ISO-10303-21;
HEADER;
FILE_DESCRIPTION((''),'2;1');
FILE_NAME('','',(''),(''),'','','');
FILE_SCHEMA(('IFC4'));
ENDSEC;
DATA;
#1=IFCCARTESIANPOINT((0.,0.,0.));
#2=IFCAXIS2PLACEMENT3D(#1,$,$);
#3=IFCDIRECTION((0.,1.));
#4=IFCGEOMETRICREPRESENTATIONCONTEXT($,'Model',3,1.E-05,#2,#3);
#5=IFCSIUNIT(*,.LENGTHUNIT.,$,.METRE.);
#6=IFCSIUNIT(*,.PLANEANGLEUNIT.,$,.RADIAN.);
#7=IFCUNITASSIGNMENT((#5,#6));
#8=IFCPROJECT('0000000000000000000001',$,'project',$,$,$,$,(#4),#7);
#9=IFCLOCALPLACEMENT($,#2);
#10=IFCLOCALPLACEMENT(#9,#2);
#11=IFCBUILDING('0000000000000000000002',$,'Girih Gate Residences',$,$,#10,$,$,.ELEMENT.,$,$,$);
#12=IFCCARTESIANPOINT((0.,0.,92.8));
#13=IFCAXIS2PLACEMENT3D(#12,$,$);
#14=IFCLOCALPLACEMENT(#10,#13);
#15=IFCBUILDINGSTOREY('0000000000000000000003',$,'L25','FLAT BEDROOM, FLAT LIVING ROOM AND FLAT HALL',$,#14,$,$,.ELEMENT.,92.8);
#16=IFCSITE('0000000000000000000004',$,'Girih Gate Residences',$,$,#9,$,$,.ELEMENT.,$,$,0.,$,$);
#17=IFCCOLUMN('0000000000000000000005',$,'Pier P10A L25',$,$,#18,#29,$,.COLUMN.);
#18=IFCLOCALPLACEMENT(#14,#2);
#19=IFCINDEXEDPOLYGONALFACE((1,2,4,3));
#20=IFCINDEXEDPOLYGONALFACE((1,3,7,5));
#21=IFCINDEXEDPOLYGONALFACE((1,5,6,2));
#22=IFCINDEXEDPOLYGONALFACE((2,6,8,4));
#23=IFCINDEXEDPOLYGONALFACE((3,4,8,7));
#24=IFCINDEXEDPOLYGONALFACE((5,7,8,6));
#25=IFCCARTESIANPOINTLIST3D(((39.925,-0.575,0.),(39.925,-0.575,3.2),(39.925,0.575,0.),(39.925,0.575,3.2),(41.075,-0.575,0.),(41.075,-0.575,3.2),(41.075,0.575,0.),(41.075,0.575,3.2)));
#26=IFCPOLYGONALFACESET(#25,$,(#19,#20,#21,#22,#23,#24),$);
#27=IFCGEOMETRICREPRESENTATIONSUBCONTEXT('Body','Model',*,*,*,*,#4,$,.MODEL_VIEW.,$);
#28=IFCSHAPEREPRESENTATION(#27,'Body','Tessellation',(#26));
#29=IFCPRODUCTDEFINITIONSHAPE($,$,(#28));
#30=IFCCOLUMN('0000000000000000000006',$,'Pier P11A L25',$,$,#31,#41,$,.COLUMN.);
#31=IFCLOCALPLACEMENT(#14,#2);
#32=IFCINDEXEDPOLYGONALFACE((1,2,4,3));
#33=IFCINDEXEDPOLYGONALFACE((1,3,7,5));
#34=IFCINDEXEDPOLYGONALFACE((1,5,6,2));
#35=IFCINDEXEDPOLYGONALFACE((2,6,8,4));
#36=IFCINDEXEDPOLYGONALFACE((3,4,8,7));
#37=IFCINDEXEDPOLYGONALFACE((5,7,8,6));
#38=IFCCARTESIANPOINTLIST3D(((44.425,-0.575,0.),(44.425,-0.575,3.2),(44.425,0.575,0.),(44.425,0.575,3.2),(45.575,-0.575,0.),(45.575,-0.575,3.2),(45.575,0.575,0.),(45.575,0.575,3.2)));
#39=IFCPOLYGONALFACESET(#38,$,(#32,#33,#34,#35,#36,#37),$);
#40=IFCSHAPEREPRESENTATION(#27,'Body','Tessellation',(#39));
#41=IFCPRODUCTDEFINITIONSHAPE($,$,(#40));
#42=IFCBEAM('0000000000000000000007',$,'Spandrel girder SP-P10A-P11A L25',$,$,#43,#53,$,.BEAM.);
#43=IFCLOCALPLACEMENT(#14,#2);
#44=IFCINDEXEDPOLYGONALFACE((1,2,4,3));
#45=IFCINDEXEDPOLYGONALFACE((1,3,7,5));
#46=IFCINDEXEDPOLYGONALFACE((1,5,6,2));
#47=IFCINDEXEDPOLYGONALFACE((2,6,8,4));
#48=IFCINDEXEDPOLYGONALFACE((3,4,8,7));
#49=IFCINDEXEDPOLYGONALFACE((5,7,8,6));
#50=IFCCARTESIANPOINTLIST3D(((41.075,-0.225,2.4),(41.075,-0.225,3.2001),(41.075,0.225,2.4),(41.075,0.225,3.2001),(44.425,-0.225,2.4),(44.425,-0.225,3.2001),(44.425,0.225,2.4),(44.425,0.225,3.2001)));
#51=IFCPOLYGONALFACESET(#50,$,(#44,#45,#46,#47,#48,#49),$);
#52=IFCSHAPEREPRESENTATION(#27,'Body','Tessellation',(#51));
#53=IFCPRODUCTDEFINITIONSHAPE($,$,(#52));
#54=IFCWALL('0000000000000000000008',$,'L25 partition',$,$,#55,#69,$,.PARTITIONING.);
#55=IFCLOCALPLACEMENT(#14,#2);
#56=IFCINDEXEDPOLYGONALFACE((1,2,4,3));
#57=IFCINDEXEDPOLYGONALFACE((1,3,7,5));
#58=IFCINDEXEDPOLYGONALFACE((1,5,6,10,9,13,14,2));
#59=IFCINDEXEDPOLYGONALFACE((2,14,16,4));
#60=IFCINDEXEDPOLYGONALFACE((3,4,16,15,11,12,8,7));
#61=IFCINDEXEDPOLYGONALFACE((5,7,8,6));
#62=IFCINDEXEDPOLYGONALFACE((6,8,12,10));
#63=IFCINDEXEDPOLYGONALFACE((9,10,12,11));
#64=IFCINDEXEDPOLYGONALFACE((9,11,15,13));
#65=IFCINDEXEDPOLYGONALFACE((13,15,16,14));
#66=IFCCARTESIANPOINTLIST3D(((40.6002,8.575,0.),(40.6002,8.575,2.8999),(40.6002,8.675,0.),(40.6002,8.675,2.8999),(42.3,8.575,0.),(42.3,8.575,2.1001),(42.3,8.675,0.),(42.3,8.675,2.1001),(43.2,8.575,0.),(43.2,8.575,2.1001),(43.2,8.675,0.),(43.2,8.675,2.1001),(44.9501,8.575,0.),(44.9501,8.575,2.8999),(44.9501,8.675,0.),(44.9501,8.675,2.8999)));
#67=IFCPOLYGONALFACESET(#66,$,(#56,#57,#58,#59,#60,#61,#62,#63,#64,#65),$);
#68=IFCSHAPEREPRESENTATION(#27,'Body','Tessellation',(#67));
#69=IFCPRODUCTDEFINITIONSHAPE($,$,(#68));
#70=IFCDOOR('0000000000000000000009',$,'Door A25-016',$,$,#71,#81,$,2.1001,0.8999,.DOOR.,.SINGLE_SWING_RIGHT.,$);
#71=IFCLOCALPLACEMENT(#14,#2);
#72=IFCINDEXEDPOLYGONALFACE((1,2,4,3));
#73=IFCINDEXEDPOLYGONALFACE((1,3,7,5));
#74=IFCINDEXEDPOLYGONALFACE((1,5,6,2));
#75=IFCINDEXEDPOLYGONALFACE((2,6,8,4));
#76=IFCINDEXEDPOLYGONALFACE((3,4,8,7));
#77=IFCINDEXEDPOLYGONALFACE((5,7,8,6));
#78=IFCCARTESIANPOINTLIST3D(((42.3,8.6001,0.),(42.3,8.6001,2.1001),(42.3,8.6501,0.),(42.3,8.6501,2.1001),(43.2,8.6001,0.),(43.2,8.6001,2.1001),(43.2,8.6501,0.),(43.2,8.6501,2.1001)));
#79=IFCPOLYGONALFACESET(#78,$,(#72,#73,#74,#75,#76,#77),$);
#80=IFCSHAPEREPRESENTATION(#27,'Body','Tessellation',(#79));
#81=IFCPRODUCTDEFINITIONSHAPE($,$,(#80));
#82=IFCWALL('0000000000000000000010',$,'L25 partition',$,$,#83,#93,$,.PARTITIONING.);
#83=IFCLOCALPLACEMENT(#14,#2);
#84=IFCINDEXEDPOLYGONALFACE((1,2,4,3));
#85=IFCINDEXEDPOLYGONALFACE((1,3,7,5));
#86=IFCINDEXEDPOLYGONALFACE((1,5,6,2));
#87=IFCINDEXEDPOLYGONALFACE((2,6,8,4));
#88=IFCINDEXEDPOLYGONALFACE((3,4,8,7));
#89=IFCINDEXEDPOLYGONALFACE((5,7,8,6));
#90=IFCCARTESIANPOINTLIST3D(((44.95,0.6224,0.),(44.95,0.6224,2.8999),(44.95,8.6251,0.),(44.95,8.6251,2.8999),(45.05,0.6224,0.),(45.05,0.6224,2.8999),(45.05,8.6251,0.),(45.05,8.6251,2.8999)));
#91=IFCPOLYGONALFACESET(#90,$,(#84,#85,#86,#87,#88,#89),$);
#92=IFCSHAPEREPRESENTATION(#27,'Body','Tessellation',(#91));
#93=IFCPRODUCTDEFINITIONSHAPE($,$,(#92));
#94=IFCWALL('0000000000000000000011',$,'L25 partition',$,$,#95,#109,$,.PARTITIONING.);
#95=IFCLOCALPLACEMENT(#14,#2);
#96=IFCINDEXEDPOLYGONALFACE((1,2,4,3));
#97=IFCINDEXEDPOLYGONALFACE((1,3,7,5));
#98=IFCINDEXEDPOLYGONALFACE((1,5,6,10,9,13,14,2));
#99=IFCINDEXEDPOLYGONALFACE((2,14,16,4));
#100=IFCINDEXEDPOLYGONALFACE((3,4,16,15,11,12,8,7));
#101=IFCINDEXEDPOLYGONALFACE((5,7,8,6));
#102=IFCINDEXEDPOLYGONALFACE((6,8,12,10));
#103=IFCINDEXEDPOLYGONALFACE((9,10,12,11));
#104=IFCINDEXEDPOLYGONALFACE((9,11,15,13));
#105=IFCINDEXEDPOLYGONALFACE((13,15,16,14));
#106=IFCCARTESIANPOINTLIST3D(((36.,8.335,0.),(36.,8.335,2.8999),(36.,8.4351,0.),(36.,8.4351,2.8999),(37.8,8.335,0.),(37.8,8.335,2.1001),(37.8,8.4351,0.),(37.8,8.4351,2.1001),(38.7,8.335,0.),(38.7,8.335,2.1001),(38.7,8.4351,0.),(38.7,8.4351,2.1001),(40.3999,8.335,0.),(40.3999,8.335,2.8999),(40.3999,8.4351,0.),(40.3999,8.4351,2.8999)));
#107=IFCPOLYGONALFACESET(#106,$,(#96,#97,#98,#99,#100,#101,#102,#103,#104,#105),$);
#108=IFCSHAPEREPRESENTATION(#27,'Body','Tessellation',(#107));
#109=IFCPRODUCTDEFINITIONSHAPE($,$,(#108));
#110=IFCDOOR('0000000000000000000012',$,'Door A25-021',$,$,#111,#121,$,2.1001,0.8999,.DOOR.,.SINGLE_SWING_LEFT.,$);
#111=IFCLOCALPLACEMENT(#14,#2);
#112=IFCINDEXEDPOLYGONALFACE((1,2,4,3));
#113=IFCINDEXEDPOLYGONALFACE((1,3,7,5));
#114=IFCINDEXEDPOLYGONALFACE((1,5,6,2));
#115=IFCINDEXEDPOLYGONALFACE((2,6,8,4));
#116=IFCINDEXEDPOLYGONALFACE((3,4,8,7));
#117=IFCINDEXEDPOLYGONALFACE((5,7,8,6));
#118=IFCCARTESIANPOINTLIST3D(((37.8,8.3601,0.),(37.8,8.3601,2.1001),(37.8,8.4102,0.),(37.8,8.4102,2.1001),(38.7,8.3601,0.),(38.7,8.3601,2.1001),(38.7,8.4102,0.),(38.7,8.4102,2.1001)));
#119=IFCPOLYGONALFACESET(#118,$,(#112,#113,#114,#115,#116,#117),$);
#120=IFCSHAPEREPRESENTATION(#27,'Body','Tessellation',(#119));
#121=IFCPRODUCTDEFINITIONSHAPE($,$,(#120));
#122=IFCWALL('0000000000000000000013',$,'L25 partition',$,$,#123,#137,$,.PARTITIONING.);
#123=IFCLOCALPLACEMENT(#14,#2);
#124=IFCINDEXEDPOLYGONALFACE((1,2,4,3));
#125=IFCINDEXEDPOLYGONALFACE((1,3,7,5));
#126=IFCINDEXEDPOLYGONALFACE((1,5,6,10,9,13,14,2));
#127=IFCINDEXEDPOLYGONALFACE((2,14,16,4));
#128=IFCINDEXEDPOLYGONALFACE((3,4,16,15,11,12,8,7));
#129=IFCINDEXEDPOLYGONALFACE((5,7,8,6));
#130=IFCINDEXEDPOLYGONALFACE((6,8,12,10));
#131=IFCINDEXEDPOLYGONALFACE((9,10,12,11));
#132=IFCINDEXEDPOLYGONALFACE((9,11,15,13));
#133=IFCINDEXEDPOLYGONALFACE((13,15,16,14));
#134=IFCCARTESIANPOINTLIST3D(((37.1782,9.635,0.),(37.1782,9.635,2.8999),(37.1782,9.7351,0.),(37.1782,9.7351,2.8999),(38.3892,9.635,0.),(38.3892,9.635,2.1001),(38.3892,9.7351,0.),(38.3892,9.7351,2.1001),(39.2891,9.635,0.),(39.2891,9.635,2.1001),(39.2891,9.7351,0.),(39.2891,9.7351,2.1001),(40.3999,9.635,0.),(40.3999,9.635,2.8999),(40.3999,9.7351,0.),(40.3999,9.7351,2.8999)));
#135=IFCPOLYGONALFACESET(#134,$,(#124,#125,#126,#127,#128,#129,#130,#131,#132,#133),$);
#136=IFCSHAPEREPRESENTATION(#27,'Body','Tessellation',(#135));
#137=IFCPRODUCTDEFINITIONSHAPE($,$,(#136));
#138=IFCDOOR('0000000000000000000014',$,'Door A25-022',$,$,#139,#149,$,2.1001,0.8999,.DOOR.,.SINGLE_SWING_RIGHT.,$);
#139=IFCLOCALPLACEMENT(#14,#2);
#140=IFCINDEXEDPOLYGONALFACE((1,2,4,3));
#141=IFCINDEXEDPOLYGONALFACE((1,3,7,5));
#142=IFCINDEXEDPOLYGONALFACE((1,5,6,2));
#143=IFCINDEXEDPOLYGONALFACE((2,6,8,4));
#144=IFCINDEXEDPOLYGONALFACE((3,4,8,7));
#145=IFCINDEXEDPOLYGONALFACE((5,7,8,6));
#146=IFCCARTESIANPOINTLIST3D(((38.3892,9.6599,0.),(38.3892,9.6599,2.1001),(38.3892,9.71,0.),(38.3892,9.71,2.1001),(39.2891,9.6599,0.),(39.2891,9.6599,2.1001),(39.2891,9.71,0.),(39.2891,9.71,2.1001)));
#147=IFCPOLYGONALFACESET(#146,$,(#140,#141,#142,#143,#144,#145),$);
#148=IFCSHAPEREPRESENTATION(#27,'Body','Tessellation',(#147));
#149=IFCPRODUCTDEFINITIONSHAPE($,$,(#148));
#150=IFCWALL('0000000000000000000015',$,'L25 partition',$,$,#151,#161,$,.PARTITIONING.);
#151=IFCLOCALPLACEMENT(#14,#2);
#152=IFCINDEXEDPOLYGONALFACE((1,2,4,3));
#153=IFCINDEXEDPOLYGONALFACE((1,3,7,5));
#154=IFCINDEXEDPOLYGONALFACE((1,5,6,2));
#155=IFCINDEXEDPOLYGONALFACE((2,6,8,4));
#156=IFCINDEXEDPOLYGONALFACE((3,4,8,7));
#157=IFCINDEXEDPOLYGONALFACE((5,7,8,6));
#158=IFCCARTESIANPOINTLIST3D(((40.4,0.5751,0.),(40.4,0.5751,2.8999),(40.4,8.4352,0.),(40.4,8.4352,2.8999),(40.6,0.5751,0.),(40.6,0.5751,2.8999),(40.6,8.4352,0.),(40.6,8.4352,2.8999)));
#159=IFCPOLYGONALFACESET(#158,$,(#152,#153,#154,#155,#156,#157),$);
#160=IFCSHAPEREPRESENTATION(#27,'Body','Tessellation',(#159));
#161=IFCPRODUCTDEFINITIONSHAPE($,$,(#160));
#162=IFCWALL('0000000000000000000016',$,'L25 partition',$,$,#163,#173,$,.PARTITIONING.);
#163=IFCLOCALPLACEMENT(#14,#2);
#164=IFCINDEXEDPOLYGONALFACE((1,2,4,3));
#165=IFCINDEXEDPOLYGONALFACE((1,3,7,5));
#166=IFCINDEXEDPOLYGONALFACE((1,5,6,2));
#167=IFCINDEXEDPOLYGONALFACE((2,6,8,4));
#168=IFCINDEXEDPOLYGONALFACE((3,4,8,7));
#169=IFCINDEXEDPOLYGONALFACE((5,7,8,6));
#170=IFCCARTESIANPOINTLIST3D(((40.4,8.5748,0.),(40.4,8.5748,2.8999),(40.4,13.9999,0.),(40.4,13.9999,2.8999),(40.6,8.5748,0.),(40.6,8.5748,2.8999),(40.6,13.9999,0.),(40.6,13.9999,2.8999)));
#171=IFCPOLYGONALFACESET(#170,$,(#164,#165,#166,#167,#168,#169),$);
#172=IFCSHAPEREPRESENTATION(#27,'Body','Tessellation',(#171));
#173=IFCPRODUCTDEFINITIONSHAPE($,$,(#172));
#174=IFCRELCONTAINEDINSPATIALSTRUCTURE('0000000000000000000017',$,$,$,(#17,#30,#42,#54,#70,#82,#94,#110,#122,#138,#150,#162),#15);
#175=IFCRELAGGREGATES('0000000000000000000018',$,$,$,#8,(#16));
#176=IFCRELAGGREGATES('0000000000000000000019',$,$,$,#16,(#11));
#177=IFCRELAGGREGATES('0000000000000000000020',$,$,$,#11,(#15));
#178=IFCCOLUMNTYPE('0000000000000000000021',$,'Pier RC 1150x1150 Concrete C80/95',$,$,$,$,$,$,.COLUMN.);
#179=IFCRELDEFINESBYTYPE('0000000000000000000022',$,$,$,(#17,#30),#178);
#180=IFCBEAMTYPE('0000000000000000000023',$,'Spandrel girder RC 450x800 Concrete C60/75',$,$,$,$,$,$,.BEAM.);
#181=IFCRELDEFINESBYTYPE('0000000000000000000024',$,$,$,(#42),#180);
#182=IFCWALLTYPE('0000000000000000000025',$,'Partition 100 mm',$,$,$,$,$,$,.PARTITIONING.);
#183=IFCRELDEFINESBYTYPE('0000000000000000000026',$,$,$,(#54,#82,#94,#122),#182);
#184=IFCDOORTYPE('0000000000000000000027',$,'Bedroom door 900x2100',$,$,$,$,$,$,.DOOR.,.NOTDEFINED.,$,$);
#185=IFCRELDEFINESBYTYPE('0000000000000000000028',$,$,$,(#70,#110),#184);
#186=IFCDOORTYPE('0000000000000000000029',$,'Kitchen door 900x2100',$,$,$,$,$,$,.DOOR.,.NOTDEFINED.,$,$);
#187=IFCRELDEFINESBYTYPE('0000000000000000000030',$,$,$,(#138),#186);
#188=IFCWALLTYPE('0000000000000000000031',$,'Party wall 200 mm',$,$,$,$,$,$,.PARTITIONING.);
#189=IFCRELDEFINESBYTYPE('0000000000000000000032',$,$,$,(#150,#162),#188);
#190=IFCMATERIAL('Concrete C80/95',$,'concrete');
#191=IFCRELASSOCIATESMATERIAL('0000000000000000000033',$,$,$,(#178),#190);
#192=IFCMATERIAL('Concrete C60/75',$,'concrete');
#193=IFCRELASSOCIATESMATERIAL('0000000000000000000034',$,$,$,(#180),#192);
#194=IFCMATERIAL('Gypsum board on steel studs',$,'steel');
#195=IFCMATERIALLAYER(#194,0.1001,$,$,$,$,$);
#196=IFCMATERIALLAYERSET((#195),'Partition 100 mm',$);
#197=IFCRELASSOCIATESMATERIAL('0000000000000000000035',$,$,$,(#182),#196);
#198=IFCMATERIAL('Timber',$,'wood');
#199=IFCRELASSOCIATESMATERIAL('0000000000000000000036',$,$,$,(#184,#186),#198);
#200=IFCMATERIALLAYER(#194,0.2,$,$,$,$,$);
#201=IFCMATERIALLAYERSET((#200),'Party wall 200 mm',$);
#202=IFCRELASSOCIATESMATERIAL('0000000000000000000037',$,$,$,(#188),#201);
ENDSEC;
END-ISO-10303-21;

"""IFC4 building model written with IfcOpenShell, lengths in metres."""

from ifc_helpers import new_model, si_unit, direction, frame, frame_2d, origin, origin_2d, place, context, subcontext, project, spatial, rectangle, extrude, material, layer, layer_set, material_profile, profile_set, type_object, element, fill, save


model = new_model("IFC4")

# Units and contexts
model_context = context("Model", 3, precision=1e-05, world=origin(), true_north=direction((0.0, 1.0)))
body_context = subcontext(model_context, "Body", "Model", "MODEL_VIEW")
ifc_project = project(units=[si_unit("LENGTHUNIT", "METRE"), si_unit("PLANEANGLEUNIT", "RADIAN")], contexts=[model_context])

# Site, building, storey
site_placement = place(None, origin())
site = spatial("IfcSite", under=ifc_project, at=site_placement, Name="Girih Gate Residences", CompositionType="ELEMENT", RefElevation=0.0)
building_placement = place(site_placement, origin())
building = spatial("IfcBuilding", under=site, at=building_placement, Name="Girih Gate Residences", CompositionType="ELEMENT")
storey_placement = place(building_placement, frame((0.0, 0.0, 92.8)))
storey = spatial("IfcBuildingStorey", under=building, at=storey_placement, Name="L25", Description="FLAT BEDROOM, FLAT LIVING ROOM AND FLAT HALL", CompositionType="ELEMENT", Elevation=92.8)

# Columns
ifc_material_1 = material(Name="Concrete C80/95", Category="concrete")
ifc_material_profile_1 = material_profile(ifc_material_1, rectangle(XDim=1.1499, YDim=1.1499, at=origin_2d()))
ifc_profile_set_1 = profile_set([ifc_material_profile_1], Name="Concrete C80/95")
column_type = type_object("IfcColumnType", Name="Pier RC 1150x1150 Concrete C80/95", PredefinedType="COLUMN", material=ifc_profile_set_1)
for number, where, z_axis, x_axis, name in (
    (1, (40.5, 0.0, 0.0), (0.0, 0.0, 1.0), (1.0, 0.0, 0.0), "Pier P10A L25"),
    (2, (45.0, 0.0, 0.0), (0.0, 0.0, 1.0), (1.0, 0.0, 0.0), "Pier P11A L25"),
):
    element("IfcColumn", number, at=place(storey_placement, frame(where, z_axis=z_axis, x_axis=x_axis)), inside=storey, type_object=column_type, Name=name, PredefinedType="COLUMN", context=body_context, shape_type="SweptSolid", body=[
        extrude(rectangle(XDim=1.1499, YDim=1.1499, at=origin_2d()), origin(), (0.0, 0.0, 1.0), 3.2),
    ])

# Beam
ifc_material_2 = material(Name="Concrete C60/75", Category="concrete")
ifc_material_profile_2 = material_profile(ifc_material_2, rectangle(XDim=0.45, YDim=0.8, at=origin_2d()))
ifc_profile_set_2 = profile_set([ifc_material_profile_2], Name="Concrete C60/75")
beam_type = type_object("IfcBeamType", Name="Spandrel girder RC 450x800 Concrete C60/75", PredefinedType="BEAM", material=ifc_profile_set_2)
beam_placement = place(storey_placement, frame((41.075, 0.0, 2.8), z_axis=(1.0, 0.0, 0.0), x_axis=(0.0, 1.0, 0.0)))
element("IfcBeam", 3, at=beam_placement, inside=storey, type_object=beam_type, Name="Spandrel girder SP-P10A-P11A L25", PredefinedType="BEAM", context=body_context, shape_type="SweptSolid", body=[
    extrude(rectangle(XDim=0.45, YDim=0.8, at=origin_2d()), origin(), (0.0, 0.0, 1.0), 3.3501),
])

# Wall, opening, door
ifc_material_3 = material(Name="Gypsum board on steel studs", Category="steel")
ifc_layer_1 = layer(ifc_material_3, 0.1001)
ifc_layer_set_1 = layer_set([ifc_layer_1], Name="Partition 100 mm")
wall_type_1 = type_object("IfcWallType", Name="Partition 100 mm", PredefinedType="PARTITIONING", material=ifc_layer_set_1)
wall_1_placement = place(storey_placement, frame((44.95, 8.625, 0.0), z_axis=(0.0, 0.0, 1.0), x_axis=(-1.0, 0.0, 0.0)))
wall_1 = element("IfcWall", 4, at=wall_1_placement, inside=storey, type_object=wall_type_1, Name="L25 partition", PredefinedType="PARTITIONING", context=body_context, shape_type="SweptSolid", body=[
    extrude(rectangle(XDim=4.3499, YDim=0.1001, at=frame_2d((2.1748, 0.0))), origin(), (0.0, 0.0, 1.0), 2.8999),
])
opening_1_placement = place(wall_1_placement, frame((1.75, 0.0, 0.0)))
opening_1 = element("IfcOpeningElement", 5, at=opening_1_placement, cuts=wall_1, PredefinedType="OPENING", context=body_context, shape_type="SweptSolid", body=[
    extrude(rectangle(XDim=0.8999, YDim=2.1001, at=frame_2d((0.45, 1.05))), frame((0.0, 0.0601, 0.0), z_axis=(0.0, -1.0, 0.0), x_axis=(1.0, 0.0, 0.0)), (0.0, 0.0, 1.0), 0.1201),
])
ifc_material_4 = material(Name="Timber", Category="wood")
door_type_1 = type_object("IfcDoorType", Name="Bedroom door 900x2100", OperationType="NOTDEFINED", PredefinedType="DOOR", material=ifc_material_4)
door_1_placement = place(opening_1_placement, origin())
door_1 = element("IfcDoor", 6, at=door_1_placement, inside=storey, type_object=door_type_1, Name="Door A25-016", OperationType="SINGLE_SWING_RIGHT", OverallHeight=2.1001, OverallWidth=0.8999, PredefinedType="DOOR", context=body_context, shape_type="SweptSolid", body=[
    extrude(rectangle(XDim=0.8999, YDim=2.1001, at=frame_2d((0.45, 1.05))), frame((0.0, 0.0249, 0.0), z_axis=(0.0, -1.0, 0.0), x_axis=(1.0, 0.0, 0.0)), (0.0, 0.0, 1.0), 0.05),
])
fill(opening_1, door_1)

# Wall
wall_2_placement = place(storey_placement, frame((45.0, 0.6223, 0.0), z_axis=(0.0, 0.0, 1.0), x_axis=(0.0, 1.0, 0.0)))
element("IfcWall", 7, at=wall_2_placement, inside=storey, type_object=wall_type_1, Name="L25 partition", PredefinedType="PARTITIONING", context=body_context, shape_type="SweptSolid", body=[
    extrude(rectangle(XDim=8.0027, YDim=0.1001, at=frame_2d((4.0015, 0.0))), origin(), (0.0, 0.0, 1.0), 2.8999),
])

# Walls, openings, doors
wall_3_placement = place(storey_placement, frame((40.3999, 8.385, 0.0), z_axis=(0.0, 0.0, 1.0), x_axis=(-1.0, 0.0, 0.0)))
wall_3 = element("IfcWall", 8, at=wall_3_placement, inside=storey, type_object=wall_type_1, Name="L25 partition", PredefinedType="PARTITIONING", context=body_context, shape_type="SweptSolid", body=[
    extrude(rectangle(XDim=4.3999, YDim=0.1001, at=frame_2d((2.2, 0.0))), origin(), (0.0, 0.0, 1.0), 2.8999),
])
opening_2_placement = place(wall_3_placement, frame((1.7, 0.0, 0.0)))
opening_2 = element("IfcOpeningElement", 9, at=opening_2_placement, cuts=wall_3, PredefinedType="OPENING", context=body_context, shape_type="SweptSolid", body=[
    extrude(rectangle(XDim=0.8999, YDim=2.1001, at=frame_2d((0.45, 1.05))), frame((0.0, 0.0601, 0.0), z_axis=(0.0, -1.0, 0.0), x_axis=(1.0, 0.0, 0.0)), (0.0, 0.0, 1.0), 0.1201),
])
door_2_placement = place(opening_2_placement, origin())
door_2 = element("IfcDoor", 10, at=door_2_placement, inside=storey, type_object=door_type_1, Name="Door A25-021", OperationType="SINGLE_SWING_LEFT", OverallHeight=2.1001, OverallWidth=0.8999, PredefinedType="DOOR", context=body_context, shape_type="SweptSolid", body=[
    extrude(rectangle(XDim=0.8999, YDim=2.1001, at=frame_2d((0.45, 1.05))), frame((0.0, 0.0249, 0.0), z_axis=(0.0, -1.0, 0.0), x_axis=(1.0, 0.0, 0.0)), (0.0, 0.0, 1.0), 0.05),
])
fill(opening_2, door_2)
wall_4_placement = place(storey_placement, frame((37.1782, 9.6851, 0.0), z_axis=(0.0, 0.0, 1.0), x_axis=(1.0, 0.0, 0.0)))
wall_4 = element("IfcWall", 11, at=wall_4_placement, inside=storey, type_object=wall_type_1, Name="L25 partition", PredefinedType="PARTITIONING", context=body_context, shape_type="SweptSolid", body=[
    extrude(rectangle(XDim=3.2217, YDim=0.1001, at=frame_2d((1.6108, 0.0))), origin(), (0.0, 0.0, 1.0), 2.8999),
])
opening_3_placement = place(wall_4_placement, frame((1.2109, 0.0, 0.0)))
opening_3 = element("IfcOpeningElement", 12, at=opening_3_placement, cuts=wall_4, PredefinedType="OPENING", context=body_context, shape_type="SweptSolid", body=[
    extrude(rectangle(XDim=0.8999, YDim=2.1001, at=frame_2d((0.45, 1.05))), frame((0.0, 0.0601, 0.0), z_axis=(0.0, -1.0, 0.0), x_axis=(1.0, 0.0, 0.0)), (0.0, 0.0, 1.0), 0.1201),
])
door_type_2 = type_object("IfcDoorType", Name="Kitchen door 900x2100", OperationType="NOTDEFINED", PredefinedType="DOOR", material=ifc_material_4)
door_3_placement = place(opening_3_placement, origin())
door_3 = element("IfcDoor", 13, at=door_3_placement, inside=storey, type_object=door_type_2, Name="Door A25-022", OperationType="SINGLE_SWING_RIGHT", OverallHeight=2.1001, OverallWidth=0.8999, PredefinedType="DOOR", context=body_context, shape_type="SweptSolid", body=[
    extrude(rectangle(XDim=0.8999, YDim=2.1001, at=frame_2d((0.45, 1.05))), frame((0.0, 0.0249, 0.0), z_axis=(0.0, -1.0, 0.0), x_axis=(1.0, 0.0, 0.0)), (0.0, 0.0, 1.0), 0.05),
])
fill(opening_3, door_3)

# Walls
ifc_layer_2 = layer(ifc_material_3, 0.2)
ifc_layer_set_2 = layer_set([ifc_layer_2], Name="Party wall 200 mm")
wall_type_2 = type_object("IfcWallType", Name="Party wall 200 mm", PredefinedType="PARTITIONING", material=ifc_layer_set_2)
wall_5_placement = place(storey_placement, frame((40.5, 0.575, 0.0), z_axis=(0.0, 0.0, 1.0), x_axis=(0.0, 1.0, 0.0)))
element("IfcWall", 14, at=wall_5_placement, inside=storey, type_object=wall_type_2, Name="L25 partition", PredefinedType="PARTITIONING", context=body_context, shape_type="SweptSolid", body=[
    extrude(rectangle(XDim=7.8601, YDim=0.2, at=frame_2d((3.9302, 0.0))), origin(), (0.0, 0.0, 1.0), 2.8999),
])
wall_6_placement = place(storey_placement, frame((40.5, 8.575, 0.0), z_axis=(0.0, 0.0, 1.0), x_axis=(0.0, 1.0, 0.0)))
element("IfcWall", 15, at=wall_6_placement, inside=storey, type_object=wall_type_2, Name="L25 partition", PredefinedType="PARTITIONING", context=body_context, shape_type="SweptSolid", body=[
    extrude(rectangle(XDim=5.425, YDim=0.2, at=frame_2d((2.7124, 0.0))), origin(), (0.0, 0.0, 1.0), 2.8999),
])

save(model, "model.ifc")
